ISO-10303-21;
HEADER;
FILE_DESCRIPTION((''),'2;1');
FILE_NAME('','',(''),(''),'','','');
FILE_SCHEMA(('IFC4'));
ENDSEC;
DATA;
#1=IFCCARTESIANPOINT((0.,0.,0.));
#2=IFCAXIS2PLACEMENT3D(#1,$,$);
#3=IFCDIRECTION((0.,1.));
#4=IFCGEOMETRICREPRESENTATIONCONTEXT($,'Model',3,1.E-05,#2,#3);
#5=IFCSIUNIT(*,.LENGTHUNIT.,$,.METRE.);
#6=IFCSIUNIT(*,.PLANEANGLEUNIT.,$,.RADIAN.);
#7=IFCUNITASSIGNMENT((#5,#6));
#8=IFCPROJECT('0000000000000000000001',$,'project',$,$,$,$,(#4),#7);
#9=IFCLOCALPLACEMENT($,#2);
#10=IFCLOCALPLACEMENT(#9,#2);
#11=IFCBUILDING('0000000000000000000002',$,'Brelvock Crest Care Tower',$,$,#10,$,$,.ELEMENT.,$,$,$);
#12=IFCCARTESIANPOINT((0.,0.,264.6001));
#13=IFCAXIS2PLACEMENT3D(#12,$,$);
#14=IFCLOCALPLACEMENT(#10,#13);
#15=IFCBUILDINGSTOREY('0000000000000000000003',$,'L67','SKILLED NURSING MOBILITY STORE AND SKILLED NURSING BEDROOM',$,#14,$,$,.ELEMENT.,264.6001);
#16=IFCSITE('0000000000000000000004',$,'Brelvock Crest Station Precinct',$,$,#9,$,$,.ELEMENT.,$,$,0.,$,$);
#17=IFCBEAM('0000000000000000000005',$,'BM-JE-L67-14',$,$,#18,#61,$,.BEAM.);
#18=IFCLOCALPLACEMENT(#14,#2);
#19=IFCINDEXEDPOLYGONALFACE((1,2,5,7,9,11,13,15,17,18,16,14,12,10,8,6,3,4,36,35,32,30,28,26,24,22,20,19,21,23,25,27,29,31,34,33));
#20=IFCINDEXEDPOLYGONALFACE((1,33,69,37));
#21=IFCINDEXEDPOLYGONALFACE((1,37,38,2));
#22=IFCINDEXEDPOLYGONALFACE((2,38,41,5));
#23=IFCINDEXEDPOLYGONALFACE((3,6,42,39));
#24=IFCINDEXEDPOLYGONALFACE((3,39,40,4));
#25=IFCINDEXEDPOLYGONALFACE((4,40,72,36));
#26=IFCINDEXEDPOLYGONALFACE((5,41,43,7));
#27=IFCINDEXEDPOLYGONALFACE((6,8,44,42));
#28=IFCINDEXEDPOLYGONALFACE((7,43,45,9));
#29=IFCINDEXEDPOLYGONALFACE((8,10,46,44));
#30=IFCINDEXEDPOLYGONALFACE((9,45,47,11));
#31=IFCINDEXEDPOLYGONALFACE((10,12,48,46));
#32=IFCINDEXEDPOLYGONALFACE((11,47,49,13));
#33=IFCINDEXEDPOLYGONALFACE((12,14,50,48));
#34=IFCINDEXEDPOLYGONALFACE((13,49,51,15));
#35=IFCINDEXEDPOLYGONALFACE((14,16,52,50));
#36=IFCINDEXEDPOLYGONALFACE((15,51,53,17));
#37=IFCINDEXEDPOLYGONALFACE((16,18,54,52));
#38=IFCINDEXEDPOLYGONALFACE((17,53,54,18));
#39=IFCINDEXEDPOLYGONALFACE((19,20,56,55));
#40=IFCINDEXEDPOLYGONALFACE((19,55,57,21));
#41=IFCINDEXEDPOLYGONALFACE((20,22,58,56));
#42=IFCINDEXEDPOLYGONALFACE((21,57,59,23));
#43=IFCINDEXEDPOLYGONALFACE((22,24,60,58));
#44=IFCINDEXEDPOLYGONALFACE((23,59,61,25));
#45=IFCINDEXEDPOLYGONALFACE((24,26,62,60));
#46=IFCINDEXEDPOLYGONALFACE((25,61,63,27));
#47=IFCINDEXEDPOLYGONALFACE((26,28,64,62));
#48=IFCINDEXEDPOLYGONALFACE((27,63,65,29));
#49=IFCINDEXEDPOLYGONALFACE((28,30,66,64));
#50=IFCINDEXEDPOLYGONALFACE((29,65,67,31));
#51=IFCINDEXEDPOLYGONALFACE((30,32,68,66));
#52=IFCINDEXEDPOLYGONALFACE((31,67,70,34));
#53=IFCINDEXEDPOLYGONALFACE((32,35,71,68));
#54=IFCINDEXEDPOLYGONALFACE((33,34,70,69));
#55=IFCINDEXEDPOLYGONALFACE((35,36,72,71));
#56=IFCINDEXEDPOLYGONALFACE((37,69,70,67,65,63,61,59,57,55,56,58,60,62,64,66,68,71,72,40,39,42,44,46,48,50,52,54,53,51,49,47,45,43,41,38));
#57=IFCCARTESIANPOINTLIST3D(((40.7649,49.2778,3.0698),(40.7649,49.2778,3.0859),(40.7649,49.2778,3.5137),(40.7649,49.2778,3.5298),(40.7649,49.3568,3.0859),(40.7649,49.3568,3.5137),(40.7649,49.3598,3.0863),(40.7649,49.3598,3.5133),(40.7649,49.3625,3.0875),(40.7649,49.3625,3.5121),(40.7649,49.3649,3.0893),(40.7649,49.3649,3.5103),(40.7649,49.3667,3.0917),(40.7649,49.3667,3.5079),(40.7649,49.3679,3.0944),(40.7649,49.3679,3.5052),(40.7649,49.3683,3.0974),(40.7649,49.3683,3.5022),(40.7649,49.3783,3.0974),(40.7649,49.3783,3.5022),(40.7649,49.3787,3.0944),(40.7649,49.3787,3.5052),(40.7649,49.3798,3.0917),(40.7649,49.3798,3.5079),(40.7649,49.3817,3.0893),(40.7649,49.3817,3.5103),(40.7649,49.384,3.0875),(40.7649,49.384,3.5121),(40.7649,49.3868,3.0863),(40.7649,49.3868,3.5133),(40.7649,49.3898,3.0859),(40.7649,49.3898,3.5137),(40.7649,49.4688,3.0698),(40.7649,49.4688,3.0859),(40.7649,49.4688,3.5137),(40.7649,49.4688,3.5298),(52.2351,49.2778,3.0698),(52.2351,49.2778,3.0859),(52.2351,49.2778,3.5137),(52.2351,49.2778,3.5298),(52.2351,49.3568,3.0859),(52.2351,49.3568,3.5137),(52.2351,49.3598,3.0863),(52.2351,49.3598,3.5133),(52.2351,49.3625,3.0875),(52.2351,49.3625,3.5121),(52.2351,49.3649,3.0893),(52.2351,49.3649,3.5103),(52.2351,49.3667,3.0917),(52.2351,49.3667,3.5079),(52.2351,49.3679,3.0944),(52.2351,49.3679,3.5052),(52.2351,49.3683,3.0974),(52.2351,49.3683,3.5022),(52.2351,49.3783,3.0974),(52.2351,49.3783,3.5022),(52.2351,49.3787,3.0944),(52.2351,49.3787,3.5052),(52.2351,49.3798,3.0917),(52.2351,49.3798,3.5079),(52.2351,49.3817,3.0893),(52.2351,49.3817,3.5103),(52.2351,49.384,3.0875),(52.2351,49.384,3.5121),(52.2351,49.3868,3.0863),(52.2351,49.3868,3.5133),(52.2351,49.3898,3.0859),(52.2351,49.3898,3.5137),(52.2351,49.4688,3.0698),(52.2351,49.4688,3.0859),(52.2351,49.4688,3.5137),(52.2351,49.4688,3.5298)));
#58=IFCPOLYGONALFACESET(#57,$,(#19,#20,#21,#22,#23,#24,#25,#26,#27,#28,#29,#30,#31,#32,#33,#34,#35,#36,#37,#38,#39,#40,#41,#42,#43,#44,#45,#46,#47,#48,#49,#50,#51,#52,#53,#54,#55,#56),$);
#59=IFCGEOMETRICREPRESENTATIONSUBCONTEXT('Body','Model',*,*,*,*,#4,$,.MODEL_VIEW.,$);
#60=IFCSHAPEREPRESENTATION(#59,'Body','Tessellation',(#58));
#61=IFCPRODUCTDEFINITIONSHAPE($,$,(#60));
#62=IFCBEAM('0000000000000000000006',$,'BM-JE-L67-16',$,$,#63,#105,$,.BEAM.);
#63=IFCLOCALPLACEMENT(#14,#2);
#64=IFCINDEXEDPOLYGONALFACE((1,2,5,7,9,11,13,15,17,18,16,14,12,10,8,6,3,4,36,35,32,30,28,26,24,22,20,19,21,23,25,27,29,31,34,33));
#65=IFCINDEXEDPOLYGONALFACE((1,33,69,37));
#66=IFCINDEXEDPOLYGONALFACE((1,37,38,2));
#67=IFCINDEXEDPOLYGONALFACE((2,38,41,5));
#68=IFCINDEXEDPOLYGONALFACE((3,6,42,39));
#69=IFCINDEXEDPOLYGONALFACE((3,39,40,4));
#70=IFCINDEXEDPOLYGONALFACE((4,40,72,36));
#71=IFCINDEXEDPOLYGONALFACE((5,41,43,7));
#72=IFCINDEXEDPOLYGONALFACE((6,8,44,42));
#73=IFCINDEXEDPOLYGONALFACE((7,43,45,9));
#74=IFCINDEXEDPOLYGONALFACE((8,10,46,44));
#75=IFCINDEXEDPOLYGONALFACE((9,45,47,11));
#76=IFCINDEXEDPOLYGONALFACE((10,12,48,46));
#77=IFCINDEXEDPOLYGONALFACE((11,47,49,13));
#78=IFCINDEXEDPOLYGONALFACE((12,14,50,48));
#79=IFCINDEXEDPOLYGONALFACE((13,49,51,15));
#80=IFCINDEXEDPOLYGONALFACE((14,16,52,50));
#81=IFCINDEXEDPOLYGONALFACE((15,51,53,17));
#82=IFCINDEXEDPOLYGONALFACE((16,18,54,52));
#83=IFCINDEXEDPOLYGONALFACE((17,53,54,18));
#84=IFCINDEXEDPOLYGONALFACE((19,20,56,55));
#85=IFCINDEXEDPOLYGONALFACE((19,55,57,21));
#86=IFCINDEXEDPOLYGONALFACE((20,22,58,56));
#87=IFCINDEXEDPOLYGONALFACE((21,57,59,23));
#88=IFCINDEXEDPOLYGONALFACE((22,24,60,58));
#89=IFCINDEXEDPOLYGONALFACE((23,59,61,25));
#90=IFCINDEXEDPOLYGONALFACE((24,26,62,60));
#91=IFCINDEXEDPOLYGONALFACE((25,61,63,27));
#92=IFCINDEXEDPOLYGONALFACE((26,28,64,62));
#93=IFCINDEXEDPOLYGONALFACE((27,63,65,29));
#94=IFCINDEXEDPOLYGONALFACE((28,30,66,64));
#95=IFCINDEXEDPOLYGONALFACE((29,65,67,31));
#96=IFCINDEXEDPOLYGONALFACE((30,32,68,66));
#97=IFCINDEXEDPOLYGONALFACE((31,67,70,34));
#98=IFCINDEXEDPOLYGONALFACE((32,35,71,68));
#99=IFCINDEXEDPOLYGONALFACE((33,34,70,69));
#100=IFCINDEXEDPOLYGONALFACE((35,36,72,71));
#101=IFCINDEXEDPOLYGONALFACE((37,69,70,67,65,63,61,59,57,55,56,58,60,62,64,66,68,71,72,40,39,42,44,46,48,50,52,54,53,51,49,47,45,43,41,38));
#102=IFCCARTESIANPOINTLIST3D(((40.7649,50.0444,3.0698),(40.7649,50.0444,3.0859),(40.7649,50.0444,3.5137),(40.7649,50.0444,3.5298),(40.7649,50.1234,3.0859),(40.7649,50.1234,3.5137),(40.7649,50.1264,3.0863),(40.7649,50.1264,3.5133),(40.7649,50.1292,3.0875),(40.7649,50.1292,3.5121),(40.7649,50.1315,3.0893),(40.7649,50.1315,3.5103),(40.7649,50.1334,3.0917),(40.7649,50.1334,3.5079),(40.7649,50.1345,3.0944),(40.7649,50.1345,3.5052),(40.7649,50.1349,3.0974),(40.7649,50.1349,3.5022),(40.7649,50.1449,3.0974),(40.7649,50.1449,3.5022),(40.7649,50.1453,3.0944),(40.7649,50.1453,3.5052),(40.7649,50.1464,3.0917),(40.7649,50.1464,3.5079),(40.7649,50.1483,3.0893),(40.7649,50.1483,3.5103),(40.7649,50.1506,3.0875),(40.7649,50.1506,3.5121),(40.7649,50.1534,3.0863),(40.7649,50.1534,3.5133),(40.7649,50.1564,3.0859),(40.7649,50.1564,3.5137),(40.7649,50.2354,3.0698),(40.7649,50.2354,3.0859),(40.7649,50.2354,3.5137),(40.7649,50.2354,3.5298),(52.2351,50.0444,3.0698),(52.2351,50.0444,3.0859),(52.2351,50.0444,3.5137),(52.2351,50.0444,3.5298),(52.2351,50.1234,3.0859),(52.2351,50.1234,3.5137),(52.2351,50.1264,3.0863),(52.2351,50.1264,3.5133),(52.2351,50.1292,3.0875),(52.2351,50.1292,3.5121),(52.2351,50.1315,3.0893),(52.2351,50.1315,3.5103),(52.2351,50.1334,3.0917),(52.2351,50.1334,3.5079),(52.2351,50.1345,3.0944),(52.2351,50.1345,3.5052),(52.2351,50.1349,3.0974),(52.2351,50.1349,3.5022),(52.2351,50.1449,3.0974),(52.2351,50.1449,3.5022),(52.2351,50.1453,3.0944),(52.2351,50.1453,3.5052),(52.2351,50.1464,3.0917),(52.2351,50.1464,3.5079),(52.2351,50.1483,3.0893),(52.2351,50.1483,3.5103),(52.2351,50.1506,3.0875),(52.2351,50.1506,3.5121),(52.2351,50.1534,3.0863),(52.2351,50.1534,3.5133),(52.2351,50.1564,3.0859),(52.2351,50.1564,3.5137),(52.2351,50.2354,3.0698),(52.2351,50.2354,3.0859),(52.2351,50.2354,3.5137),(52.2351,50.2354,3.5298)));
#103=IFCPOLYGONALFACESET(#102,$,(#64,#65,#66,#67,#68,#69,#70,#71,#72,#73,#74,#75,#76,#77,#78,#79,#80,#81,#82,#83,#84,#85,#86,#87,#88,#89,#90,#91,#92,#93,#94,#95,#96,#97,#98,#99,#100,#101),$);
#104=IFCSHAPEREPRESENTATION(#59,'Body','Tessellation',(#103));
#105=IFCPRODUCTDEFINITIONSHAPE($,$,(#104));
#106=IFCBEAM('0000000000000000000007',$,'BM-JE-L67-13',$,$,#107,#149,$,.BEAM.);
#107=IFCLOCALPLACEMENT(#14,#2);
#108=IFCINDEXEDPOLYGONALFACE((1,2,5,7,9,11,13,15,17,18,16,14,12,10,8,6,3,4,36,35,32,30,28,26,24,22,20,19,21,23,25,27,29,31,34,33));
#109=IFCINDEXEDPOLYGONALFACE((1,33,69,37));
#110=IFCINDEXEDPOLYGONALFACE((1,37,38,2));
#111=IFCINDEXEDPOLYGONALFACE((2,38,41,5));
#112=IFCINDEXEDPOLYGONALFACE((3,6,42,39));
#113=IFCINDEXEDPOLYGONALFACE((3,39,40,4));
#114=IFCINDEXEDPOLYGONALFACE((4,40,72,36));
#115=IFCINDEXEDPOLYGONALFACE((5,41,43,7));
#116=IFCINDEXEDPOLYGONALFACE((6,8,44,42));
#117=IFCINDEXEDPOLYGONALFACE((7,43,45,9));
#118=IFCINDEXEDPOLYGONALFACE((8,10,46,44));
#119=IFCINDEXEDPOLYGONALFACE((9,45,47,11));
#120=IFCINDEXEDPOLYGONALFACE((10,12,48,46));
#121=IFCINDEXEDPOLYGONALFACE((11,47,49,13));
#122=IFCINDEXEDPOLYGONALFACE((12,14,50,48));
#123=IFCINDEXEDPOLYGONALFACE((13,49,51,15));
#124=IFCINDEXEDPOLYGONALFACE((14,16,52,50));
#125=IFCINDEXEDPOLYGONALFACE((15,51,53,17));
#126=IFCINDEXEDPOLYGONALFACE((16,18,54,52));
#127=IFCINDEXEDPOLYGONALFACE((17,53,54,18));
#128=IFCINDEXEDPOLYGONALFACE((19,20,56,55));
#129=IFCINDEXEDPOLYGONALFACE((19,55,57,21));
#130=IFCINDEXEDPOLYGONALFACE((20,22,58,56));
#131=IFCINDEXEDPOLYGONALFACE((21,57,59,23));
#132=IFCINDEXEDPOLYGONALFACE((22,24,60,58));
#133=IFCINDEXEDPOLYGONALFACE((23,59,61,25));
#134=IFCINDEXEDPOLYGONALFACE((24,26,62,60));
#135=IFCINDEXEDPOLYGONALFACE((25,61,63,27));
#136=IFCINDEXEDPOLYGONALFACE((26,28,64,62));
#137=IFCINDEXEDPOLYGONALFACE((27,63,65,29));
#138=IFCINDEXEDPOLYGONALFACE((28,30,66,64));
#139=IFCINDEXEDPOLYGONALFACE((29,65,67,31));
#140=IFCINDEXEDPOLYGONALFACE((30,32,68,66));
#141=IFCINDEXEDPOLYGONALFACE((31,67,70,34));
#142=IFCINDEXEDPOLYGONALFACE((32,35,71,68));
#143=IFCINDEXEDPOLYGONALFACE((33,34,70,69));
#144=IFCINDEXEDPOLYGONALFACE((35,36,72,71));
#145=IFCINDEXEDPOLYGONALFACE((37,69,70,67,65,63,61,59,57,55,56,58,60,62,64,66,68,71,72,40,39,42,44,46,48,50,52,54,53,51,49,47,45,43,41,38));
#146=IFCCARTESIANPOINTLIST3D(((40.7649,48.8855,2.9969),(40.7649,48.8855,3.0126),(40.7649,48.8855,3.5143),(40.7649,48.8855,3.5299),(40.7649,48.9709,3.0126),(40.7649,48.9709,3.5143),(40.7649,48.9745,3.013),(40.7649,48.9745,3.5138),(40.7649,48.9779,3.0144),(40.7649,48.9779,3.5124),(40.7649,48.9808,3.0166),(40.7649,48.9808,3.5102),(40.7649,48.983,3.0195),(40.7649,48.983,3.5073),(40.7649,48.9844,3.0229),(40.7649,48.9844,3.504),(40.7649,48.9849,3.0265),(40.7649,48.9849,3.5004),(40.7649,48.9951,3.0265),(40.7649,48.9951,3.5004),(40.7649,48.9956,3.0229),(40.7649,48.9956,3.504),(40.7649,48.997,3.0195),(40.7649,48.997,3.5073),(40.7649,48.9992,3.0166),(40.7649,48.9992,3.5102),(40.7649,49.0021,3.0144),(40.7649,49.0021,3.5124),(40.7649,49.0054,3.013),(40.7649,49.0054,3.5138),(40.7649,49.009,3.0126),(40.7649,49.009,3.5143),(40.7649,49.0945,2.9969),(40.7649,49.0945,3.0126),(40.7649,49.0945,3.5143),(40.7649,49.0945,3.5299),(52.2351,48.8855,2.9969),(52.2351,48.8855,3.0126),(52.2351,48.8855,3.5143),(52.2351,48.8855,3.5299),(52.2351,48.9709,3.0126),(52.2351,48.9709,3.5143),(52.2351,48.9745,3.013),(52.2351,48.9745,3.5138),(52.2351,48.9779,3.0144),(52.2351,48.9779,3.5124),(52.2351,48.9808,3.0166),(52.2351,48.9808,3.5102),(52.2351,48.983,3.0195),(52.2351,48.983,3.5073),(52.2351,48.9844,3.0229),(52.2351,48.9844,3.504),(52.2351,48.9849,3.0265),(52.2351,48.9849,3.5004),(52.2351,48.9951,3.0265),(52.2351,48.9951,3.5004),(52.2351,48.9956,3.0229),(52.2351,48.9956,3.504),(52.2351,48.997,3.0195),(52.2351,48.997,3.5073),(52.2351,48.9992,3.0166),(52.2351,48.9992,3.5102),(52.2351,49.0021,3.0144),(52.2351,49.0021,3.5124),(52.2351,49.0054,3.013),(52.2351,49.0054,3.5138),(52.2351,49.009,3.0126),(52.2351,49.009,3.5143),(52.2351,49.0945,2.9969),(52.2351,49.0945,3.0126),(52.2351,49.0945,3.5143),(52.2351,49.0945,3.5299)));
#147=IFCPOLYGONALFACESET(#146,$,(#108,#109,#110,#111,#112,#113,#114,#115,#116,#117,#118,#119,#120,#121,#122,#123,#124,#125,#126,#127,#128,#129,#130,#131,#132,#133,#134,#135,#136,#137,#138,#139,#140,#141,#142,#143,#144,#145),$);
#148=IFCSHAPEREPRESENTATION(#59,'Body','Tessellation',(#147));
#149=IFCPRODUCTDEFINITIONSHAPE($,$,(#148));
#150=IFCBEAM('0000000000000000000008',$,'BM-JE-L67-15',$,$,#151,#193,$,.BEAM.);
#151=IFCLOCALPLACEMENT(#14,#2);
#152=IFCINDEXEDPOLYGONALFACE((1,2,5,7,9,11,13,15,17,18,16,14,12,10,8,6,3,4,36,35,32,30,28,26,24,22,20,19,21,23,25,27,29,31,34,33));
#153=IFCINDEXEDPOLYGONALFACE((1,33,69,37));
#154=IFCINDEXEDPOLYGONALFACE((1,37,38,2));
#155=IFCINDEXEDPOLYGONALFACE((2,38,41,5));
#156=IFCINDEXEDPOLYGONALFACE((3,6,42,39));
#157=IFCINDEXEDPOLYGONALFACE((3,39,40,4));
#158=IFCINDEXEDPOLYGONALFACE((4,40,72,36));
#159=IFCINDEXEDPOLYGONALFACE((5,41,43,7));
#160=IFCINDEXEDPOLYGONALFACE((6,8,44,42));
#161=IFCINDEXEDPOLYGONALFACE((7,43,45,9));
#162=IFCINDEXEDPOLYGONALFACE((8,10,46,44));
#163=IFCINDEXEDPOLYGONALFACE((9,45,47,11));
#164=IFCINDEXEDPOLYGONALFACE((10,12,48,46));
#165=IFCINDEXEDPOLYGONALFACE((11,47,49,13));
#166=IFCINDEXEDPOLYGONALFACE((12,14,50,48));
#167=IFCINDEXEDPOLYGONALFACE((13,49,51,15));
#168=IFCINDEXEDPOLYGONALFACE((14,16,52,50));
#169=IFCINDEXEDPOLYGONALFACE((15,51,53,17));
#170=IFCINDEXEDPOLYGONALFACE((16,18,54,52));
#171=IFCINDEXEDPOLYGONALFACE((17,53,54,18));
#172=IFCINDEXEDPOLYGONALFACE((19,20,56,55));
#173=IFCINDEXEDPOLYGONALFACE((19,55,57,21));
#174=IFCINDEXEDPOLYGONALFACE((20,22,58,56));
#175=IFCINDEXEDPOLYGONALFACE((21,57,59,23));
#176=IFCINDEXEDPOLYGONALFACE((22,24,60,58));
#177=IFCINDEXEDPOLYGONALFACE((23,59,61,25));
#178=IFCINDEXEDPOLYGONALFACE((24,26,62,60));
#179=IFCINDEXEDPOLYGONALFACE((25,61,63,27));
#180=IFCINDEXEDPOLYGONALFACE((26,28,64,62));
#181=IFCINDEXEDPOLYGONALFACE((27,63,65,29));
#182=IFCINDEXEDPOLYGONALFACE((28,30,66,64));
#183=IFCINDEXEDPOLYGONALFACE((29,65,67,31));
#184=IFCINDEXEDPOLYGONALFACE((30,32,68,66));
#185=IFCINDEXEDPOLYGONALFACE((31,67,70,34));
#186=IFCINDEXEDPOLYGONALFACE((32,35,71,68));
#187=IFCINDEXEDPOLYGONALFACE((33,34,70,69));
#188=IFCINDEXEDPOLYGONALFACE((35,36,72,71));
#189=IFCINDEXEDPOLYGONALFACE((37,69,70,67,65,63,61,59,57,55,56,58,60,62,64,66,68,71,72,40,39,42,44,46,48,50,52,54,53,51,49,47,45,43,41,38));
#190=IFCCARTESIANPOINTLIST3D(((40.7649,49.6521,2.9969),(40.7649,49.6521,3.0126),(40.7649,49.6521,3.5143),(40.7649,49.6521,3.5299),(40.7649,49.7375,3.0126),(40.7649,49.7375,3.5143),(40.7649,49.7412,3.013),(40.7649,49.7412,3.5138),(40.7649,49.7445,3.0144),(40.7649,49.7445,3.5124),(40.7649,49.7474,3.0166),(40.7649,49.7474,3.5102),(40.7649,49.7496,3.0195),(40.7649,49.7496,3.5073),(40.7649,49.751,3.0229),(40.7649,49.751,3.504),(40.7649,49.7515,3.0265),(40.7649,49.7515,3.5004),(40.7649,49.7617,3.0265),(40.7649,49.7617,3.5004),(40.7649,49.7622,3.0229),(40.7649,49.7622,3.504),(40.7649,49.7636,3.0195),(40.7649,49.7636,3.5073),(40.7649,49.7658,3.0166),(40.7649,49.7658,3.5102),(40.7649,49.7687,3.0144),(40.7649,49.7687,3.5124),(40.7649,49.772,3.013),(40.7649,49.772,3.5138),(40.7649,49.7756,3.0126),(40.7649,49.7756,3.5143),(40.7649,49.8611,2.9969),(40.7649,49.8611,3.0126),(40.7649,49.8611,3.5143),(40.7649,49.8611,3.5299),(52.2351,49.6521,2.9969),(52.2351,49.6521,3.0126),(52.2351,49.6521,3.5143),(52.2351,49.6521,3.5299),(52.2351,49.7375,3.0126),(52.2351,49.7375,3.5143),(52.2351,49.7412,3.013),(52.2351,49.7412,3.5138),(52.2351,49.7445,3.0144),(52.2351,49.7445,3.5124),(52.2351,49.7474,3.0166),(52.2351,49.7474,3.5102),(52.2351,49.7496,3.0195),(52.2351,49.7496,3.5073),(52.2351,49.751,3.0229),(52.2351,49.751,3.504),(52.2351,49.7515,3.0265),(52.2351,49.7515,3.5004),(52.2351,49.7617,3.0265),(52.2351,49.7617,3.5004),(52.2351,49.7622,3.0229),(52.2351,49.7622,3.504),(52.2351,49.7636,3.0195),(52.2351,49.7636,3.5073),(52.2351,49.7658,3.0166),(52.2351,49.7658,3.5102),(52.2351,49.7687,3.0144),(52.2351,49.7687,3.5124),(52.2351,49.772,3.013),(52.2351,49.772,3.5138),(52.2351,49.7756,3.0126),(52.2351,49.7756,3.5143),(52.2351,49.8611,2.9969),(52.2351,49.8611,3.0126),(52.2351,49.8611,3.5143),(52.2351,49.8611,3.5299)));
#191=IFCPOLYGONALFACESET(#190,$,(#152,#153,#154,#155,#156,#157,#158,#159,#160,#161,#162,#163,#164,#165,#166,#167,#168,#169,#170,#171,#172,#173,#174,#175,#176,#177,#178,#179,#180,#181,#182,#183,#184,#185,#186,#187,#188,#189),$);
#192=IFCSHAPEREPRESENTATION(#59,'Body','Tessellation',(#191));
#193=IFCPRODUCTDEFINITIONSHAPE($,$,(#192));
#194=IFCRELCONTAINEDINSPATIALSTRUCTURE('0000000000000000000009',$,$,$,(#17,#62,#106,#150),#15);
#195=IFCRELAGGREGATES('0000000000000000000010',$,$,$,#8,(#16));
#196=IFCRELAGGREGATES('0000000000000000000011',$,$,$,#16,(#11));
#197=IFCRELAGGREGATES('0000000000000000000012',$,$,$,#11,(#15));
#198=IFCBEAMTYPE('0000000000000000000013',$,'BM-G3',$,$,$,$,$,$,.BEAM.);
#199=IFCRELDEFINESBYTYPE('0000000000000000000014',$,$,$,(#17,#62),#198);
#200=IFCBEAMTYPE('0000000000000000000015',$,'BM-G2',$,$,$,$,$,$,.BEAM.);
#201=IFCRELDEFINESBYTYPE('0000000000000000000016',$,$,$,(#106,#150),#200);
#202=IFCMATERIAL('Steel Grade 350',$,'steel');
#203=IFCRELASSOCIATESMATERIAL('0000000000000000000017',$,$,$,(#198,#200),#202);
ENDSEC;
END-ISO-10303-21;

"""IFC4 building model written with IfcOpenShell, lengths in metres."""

from ifc_helpers import new_model, si_unit, direction, frame, origin, origin_2d, place, context, subcontext, project, spatial, i_section, extrude, source, transform, mapped, material, material_profile, profile_set, type_object, element, save


model = new_model("IFC4")

# Units and contexts
model_context = context("Model", 3, precision=1e-05, world=origin(), true_north=direction((0.0, 1.0)))
body_context = subcontext(model_context, "Body", "Model", "MODEL_VIEW")
ifc_project = project(units=[si_unit("LENGTHUNIT", "METRE"), si_unit("PLANEANGLEUNIT", "RADIAN")], contexts=[model_context])

# Site, building, storey
site_placement = place(None, origin())
site = spatial("IfcSite", under=ifc_project, at=site_placement, Name="Brelvock Crest Station Precinct", CompositionType="ELEMENT", RefElevation=0.0)
building_placement = place(site_placement, origin())
building = spatial("IfcBuilding", under=site, at=building_placement, Name="Brelvock Crest Care Tower", CompositionType="ELEMENT")
storey_placement = place(building_placement, frame((0.0, 0.0, 264.6001)))
storey = spatial("IfcBuildingStorey", under=building, at=storey_placement, Name="L67", Description="SKILLED NURSING MOBILITY STORE AND SKILLED NURSING BEDROOM", CompositionType="ELEMENT", Elevation=264.6001)

# Beams
ifc_material_1 = material(Name="Steel Grade 350", Category="steel")
ifc_material_profile_1 = material_profile(ifc_material_1, i_section(OverallWidth=0.1909, OverallDepth=0.46, WebThickness=0.01, FlangeThickness=0.0161, FilletRadius=0.0115, at=origin_2d()), Name="460UB82.1")
ifc_profile_set_1 = profile_set([ifc_material_profile_1], Name="Steel Grade 350")
beam_type_1 = type_object("IfcBeamType", Name="BM-G3", PredefinedType="BEAM", material=ifc_profile_set_1)
shared_shape_1 = source(origin(), body_context, "Body", "SweptSolid", [
    extrude(i_section(OverallWidth=0.1909, OverallDepth=0.46, WebThickness=0.01, FlangeThickness=0.0161, FilletRadius=0.0115, at=origin_2d()), origin(), (0.0, 0.0, 1.0), 11.4702),
])
for number, where, z_axis, x_axis, name in (
    (1, (40.7649, 49.3733, 3.2998), (1.0, 0.0, 0.0), (0.0, 1.0, 0.0), "BM-JE-L67-14"),
    (2, (40.7649, 50.1399, 3.2998), (1.0, 0.0, 0.0), (0.0, 1.0, 0.0), "BM-JE-L67-16"),
):
    element("IfcBeam", number, at=place(storey_placement, frame(where, z_axis=z_axis, x_axis=x_axis)), inside=storey, type_object=beam_type_1, Name=name, PredefinedType="BEAM", context=body_context, shape_type="MappedRepresentation", body=[
        mapped(shared_shape_1, transform((0.0, 0.0, 0.0), x_axis=(1.0, 0.0, 0.0), y_axis=(0.0, 1.0, 0.0), z_axis=(0.0, 0.0, 1.0), scale=1.0)),
    ])
ifc_material_profile_2 = material_profile(ifc_material_1, i_section(OverallWidth=0.209, OverallDepth=0.533, WebThickness=0.0103, FlangeThickness=0.0156, FilletRadius=0.0139, at=origin_2d()), Name="530UB92.4")
ifc_profile_set_2 = profile_set([ifc_material_profile_2], Name="Steel Grade 350")
beam_type_2 = type_object("IfcBeamType", Name="BM-G2", PredefinedType="BEAM", material=ifc_profile_set_2)
shared_shape_2 = source(origin(), body_context, "Body", "SweptSolid", [
    extrude(i_section(OverallWidth=0.209, OverallDepth=0.533, WebThickness=0.0103, FlangeThickness=0.0156, FilletRadius=0.0139, at=origin_2d()), origin(), (0.0, 0.0, 1.0), 11.4702),
])
for number, where, z_axis, x_axis, name in (
    (3, (40.7649, 48.99, 3.2634), (1.0, 0.0, 0.0), (0.0, 1.0, 0.0), "BM-JE-L67-13"),
    (4, (40.7649, 49.7566, 3.2634), (1.0, 0.0, 0.0), (0.0, 1.0, 0.0), "BM-JE-L67-15"),
):
    element("IfcBeam", number, at=place(storey_placement, frame(where, z_axis=z_axis, x_axis=x_axis)), inside=storey, type_object=beam_type_2, Name=name, PredefinedType="BEAM", context=body_context, shape_type="MappedRepresentation", body=[
        mapped(shared_shape_2, transform((0.0, 0.0, 0.0), x_axis=(1.0, 0.0, 0.0), y_axis=(0.0, 1.0, 0.0), z_axis=(0.0, 0.0, 1.0), scale=1.0)),
    ])

save(model, "model.ifc")
